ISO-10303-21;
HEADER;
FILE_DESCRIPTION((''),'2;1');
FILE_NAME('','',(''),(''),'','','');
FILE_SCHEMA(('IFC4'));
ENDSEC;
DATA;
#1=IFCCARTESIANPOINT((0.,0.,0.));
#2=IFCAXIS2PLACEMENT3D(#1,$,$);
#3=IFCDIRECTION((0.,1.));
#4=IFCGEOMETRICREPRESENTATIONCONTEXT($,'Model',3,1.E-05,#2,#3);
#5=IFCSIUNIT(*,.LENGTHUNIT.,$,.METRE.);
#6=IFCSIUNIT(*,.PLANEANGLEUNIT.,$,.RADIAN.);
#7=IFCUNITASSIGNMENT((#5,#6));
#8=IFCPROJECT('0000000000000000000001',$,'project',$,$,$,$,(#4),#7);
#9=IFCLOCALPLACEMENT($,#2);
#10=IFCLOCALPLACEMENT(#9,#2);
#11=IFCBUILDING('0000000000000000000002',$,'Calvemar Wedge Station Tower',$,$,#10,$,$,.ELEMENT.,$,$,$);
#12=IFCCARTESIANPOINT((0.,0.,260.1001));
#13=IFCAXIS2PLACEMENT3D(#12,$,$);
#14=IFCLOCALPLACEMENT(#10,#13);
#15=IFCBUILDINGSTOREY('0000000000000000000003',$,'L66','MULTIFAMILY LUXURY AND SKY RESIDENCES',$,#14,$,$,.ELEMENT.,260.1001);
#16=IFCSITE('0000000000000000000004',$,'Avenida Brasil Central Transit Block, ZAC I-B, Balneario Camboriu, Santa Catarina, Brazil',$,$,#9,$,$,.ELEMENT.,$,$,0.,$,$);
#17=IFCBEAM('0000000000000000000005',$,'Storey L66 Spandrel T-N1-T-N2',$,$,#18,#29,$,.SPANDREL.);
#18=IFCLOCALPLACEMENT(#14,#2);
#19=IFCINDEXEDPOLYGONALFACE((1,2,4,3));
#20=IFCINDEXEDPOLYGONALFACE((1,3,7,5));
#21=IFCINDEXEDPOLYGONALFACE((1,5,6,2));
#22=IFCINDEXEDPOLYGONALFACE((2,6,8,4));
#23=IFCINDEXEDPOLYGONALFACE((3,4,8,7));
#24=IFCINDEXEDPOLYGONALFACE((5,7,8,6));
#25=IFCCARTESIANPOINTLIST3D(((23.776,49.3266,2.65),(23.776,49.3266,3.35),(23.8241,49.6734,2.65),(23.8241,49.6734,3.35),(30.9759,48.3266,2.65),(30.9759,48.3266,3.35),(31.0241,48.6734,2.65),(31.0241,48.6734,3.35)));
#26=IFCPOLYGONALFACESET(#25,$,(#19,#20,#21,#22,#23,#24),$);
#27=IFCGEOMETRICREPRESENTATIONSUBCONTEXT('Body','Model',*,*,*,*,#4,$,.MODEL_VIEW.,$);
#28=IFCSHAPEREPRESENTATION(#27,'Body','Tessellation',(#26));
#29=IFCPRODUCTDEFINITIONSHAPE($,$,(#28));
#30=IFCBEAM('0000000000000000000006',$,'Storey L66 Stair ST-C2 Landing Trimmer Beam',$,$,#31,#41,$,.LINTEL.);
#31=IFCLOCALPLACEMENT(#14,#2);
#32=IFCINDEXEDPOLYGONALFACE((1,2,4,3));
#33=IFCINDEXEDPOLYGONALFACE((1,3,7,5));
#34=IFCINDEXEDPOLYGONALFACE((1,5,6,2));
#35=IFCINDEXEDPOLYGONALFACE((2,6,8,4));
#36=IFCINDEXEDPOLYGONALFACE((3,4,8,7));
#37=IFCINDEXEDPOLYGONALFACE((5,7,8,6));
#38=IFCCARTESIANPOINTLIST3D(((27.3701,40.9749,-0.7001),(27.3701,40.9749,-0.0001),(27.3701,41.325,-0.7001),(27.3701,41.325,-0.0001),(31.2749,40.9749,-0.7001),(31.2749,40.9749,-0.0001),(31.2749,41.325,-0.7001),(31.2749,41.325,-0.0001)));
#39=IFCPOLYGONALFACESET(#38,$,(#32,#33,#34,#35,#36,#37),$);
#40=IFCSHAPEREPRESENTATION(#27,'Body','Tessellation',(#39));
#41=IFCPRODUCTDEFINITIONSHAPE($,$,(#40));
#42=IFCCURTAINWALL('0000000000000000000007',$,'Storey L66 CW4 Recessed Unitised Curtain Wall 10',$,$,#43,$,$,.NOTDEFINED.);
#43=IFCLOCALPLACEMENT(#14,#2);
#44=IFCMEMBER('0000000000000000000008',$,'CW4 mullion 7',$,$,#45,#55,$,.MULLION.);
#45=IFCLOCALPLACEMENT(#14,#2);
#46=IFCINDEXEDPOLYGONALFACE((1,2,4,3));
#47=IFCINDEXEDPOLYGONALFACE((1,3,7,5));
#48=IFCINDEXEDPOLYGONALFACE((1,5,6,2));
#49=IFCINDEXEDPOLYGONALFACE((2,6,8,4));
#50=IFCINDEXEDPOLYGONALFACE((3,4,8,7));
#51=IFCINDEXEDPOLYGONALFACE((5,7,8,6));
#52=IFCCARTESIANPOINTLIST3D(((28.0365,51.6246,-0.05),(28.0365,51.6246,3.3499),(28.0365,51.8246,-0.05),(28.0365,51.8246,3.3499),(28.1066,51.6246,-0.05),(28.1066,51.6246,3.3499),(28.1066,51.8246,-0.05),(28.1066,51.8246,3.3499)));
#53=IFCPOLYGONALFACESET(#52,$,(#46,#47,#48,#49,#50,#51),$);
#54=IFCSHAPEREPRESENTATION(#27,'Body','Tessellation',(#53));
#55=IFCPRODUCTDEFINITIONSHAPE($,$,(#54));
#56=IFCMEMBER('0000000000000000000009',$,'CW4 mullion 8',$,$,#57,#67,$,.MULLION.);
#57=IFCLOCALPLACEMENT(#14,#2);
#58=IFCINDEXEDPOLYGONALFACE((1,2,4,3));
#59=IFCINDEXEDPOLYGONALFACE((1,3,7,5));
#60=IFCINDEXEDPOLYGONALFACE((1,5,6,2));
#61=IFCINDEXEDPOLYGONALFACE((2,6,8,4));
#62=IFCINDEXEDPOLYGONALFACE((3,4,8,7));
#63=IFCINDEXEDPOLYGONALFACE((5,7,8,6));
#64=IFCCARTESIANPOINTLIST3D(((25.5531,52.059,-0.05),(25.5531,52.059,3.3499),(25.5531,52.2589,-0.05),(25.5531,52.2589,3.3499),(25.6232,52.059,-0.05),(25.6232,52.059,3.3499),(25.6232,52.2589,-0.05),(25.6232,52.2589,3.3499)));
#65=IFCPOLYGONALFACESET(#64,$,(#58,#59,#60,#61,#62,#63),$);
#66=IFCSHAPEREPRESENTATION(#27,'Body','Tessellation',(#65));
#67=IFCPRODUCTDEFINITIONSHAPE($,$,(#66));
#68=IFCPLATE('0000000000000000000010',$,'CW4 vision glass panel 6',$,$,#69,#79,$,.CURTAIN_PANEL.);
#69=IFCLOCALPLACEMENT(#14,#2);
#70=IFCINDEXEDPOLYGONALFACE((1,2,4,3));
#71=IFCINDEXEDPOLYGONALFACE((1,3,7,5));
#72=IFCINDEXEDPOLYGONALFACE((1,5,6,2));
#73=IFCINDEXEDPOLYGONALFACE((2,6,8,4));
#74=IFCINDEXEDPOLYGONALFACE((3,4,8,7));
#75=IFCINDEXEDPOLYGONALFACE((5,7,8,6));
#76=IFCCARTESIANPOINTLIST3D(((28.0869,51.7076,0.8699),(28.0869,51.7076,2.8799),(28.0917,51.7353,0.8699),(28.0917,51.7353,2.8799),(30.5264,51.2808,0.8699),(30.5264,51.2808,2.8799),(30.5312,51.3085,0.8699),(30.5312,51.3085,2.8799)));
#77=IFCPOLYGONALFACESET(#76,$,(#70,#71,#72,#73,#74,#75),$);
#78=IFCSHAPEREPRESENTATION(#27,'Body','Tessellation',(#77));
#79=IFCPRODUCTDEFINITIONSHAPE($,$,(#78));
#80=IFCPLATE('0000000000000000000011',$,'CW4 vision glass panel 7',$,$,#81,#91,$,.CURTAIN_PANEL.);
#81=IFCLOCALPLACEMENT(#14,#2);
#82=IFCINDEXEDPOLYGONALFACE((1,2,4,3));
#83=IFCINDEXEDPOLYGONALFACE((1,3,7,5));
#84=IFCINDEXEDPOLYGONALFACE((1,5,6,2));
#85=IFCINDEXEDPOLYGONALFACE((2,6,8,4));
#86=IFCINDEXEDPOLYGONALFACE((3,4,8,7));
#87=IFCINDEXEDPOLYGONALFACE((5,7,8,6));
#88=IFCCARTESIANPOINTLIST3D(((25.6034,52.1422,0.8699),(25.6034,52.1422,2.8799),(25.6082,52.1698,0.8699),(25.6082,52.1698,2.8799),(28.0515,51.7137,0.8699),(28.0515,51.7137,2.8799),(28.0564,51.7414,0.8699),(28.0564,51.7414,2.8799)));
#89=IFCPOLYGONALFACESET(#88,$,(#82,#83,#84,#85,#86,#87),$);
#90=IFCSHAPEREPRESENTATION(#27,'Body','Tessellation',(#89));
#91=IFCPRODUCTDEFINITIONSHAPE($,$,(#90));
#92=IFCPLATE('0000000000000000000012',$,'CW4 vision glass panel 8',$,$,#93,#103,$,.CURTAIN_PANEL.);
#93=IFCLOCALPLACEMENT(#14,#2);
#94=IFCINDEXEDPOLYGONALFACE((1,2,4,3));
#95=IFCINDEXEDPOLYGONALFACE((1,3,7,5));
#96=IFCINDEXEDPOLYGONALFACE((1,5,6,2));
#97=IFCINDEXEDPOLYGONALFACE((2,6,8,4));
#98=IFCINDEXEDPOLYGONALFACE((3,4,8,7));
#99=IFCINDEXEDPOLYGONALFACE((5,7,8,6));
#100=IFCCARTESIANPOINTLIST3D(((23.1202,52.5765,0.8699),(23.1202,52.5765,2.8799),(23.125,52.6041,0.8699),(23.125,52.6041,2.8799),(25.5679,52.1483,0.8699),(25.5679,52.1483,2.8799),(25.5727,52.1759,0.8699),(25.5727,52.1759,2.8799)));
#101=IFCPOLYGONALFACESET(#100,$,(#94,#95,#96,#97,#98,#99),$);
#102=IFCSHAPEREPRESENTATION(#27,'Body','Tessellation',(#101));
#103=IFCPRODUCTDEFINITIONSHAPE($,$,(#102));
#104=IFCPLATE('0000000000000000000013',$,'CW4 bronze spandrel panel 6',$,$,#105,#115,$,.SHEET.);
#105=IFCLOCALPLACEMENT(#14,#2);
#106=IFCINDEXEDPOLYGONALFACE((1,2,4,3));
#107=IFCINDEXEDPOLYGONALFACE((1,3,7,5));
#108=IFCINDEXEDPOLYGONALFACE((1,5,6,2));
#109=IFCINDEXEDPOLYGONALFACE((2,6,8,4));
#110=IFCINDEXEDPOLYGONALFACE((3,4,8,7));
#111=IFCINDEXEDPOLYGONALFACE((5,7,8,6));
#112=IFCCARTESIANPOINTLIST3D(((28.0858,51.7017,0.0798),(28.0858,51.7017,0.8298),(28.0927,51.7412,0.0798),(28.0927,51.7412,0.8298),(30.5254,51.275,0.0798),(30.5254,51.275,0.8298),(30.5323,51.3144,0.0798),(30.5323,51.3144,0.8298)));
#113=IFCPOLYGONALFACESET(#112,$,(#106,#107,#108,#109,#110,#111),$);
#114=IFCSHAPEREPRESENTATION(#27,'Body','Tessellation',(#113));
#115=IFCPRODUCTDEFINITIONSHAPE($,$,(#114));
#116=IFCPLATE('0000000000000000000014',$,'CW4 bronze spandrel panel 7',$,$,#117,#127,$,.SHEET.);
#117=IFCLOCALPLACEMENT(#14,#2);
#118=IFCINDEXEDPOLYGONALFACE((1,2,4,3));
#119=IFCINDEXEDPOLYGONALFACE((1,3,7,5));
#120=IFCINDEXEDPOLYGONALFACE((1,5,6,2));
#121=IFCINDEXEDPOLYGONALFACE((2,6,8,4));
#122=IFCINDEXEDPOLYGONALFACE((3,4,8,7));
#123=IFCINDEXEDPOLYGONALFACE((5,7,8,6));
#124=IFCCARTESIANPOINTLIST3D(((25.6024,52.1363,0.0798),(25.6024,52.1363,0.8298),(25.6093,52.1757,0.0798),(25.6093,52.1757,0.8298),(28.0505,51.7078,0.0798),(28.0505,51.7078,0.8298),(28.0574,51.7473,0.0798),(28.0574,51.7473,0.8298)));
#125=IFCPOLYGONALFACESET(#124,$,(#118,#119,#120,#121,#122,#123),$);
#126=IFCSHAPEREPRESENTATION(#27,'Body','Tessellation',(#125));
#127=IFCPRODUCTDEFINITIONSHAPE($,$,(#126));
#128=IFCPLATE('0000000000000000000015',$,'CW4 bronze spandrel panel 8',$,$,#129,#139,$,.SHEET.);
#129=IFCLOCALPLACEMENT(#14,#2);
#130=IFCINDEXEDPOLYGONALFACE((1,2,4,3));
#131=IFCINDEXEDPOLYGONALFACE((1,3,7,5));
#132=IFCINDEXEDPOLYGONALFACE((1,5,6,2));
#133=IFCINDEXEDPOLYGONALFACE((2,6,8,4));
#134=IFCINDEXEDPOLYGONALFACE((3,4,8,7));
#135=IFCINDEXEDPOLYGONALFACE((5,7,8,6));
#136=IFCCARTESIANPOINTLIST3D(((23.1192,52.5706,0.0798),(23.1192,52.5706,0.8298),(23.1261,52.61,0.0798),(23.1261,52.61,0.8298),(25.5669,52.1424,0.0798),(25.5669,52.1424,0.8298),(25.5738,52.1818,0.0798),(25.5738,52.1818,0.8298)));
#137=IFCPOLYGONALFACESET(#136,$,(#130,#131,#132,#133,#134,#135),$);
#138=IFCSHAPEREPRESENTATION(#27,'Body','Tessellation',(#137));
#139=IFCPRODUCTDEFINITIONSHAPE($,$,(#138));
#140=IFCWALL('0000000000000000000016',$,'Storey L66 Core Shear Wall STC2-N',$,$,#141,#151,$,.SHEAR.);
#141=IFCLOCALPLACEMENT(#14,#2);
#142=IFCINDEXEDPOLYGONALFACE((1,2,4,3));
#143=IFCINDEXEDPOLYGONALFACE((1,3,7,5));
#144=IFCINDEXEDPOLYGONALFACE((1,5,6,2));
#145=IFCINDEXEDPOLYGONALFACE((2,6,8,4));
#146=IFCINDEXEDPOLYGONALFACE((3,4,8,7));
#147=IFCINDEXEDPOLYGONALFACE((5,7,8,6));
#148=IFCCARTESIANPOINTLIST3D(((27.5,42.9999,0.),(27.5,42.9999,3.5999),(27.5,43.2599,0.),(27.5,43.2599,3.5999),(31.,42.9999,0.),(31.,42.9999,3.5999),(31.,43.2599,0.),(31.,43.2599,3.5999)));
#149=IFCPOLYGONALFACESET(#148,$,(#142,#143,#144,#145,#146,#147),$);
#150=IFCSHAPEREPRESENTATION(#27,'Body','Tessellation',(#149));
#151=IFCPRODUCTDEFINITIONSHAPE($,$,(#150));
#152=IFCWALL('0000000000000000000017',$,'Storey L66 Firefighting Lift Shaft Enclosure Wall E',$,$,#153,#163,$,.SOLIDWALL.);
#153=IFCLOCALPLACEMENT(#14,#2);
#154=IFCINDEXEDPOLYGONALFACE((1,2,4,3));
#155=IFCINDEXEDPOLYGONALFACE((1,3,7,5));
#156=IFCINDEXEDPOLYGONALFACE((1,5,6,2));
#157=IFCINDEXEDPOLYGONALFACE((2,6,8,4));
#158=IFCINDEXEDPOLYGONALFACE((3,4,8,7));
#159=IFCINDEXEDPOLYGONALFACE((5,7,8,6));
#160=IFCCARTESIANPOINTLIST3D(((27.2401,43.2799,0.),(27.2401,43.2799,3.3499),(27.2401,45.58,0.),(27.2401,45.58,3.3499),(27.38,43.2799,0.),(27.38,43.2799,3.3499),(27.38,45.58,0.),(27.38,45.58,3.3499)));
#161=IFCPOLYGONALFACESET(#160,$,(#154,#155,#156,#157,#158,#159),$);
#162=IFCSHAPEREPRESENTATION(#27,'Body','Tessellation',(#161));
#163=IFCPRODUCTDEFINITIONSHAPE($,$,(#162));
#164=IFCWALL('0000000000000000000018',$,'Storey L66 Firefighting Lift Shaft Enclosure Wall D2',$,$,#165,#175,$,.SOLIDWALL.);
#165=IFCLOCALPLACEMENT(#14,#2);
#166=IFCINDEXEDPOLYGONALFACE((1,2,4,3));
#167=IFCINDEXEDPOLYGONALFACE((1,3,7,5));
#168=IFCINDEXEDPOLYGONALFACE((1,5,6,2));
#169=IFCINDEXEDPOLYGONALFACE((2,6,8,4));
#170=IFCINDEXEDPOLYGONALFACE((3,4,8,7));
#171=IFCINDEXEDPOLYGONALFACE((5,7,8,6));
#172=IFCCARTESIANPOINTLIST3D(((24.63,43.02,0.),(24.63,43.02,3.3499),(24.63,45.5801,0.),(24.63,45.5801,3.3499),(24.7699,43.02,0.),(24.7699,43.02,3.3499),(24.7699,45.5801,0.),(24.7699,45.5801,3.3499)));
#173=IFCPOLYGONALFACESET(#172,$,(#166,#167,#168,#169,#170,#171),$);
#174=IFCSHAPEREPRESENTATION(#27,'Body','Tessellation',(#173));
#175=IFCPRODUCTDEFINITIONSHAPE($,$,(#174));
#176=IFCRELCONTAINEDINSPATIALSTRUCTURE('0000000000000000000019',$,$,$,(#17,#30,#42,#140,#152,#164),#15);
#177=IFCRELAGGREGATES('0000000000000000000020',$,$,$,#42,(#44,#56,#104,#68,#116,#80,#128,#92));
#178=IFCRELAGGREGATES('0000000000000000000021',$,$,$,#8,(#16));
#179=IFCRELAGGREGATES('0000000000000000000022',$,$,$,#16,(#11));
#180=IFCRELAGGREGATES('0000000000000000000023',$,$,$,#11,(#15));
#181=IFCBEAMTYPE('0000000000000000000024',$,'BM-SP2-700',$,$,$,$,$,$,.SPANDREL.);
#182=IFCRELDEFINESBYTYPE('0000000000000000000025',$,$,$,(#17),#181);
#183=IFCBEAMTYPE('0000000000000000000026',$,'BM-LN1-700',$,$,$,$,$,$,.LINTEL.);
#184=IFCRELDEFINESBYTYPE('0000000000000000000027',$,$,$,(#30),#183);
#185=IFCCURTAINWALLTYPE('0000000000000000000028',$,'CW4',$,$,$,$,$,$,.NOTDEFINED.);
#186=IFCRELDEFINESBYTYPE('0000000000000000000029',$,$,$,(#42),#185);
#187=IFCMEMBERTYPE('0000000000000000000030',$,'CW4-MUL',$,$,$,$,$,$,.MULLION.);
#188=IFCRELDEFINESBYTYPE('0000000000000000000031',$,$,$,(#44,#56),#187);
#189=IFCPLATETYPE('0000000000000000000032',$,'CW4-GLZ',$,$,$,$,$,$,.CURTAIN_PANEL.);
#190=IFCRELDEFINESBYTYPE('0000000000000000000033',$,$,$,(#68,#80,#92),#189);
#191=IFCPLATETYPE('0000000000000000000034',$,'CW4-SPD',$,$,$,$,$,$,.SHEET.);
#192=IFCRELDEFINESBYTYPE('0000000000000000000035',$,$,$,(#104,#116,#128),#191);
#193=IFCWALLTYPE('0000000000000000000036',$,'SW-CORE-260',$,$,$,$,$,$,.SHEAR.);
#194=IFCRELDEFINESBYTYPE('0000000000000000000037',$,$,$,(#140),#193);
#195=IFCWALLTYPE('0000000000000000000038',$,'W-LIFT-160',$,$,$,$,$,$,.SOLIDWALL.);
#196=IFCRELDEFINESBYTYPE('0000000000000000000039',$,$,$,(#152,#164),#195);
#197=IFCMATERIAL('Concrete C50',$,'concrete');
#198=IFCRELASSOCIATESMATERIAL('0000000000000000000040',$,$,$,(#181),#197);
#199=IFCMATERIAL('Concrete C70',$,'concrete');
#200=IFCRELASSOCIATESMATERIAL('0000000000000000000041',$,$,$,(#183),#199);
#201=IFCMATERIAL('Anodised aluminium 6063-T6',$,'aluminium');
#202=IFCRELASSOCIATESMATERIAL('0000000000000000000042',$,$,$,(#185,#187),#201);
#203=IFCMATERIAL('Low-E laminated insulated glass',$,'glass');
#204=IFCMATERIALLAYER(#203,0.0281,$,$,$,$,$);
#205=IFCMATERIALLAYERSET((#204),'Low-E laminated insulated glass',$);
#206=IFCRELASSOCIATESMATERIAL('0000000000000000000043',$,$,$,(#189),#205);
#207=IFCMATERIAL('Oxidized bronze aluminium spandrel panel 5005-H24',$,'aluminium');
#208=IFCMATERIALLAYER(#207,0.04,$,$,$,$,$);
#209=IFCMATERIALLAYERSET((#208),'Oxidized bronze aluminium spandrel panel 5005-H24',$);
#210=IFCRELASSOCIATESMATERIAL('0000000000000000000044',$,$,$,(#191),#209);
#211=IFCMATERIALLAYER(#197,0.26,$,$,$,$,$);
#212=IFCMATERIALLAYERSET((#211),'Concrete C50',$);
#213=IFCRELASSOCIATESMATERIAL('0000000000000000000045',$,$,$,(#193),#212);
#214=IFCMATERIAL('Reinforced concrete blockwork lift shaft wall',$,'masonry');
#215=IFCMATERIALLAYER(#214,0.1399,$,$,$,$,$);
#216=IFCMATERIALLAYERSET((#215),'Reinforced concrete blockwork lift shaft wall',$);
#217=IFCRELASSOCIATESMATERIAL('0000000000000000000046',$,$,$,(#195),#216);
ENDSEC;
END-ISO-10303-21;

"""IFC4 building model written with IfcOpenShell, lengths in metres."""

from ifc_helpers import new_model, si_unit, direction, frame, frame_2d, origin, origin_2d, place, context, subcontext, project, spatial, rectangle, extrude, source, transform, mapped, material, layer, layer_set, material_profile, profile_set, type_object, element, aggregate, save


model = new_model("IFC4")

# Units and contexts
model_context = context("Model", 3, precision=1e-05, world=origin(), true_north=direction((0.0, 1.0)))
body_context = subcontext(model_context, "Body", "Model", "MODEL_VIEW")
ifc_project = project(units=[si_unit("LENGTHUNIT", "METRE"), si_unit("PLANEANGLEUNIT", "RADIAN")], contexts=[model_context])

# Site, building, storey
site_placement = place(None, origin())
site = spatial("IfcSite", under=ifc_project, at=site_placement, Name="Avenida Brasil Central Transit Block, ZAC I-B, Balneario Camboriu, Santa Catarina, Brazil", CompositionType="ELEMENT", RefElevation=0.0)
building_placement = place(site_placement, origin())
building = spatial("IfcBuilding", under=site, at=building_placement, Name="Calvemar Wedge Station Tower", CompositionType="ELEMENT")
storey_placement = place(building_placement, frame((0.0, 0.0, 260.1001)))
storey = spatial("IfcBuildingStorey", under=building, at=storey_placement, Name="L66", Description="MULTIFAMILY LUXURY AND SKY RESIDENCES", CompositionType="ELEMENT", Elevation=260.1001)

# Beams
ifc_material_1 = material(Name="Concrete C50", Category="concrete")
ifc_material_profile_1 = material_profile(ifc_material_1, rectangle(XDim=0.3501, YDim=0.7, at=origin_2d()), Name="RC350x700")
ifc_profile_set_1 = profile_set([ifc_material_profile_1], Name="Concrete C50")
beam_type_1 = type_object("IfcBeamType", Name="BM-SP2-700", PredefinedType="SPANDREL", material=ifc_profile_set_1)
shared_shape_1 = source(origin(), body_context, "Body", "SweptSolid", [
    extrude(rectangle(XDim=0.3501, YDim=0.7, at=origin_2d()), origin(), (0.0, 0.0, 1.0), 7.269),
])
beam_1_placement = place(storey_placement, frame((23.8, 49.5, 3.0), z_axis=(0.990492, -0.137569, 0.0), x_axis=(0.137569, 0.990492, 0.0)))
element("IfcBeam", 1, at=beam_1_placement, inside=storey, type_object=beam_type_1, Name="Storey L66 Spandrel T-N1-T-N2", PredefinedType="SPANDREL", context=body_context, shape_type="MappedRepresentation", body=[
    mapped(shared_shape_1, transform((0.0, 0.0, 0.0), scale=1.0)),
])
ifc_material_2 = material(Name="Concrete C70", Category="concrete")
ifc_material_profile_2 = material_profile(ifc_material_2, rectangle(XDim=0.3501, YDim=0.7, at=origin_2d()), Name="RC350x700")
ifc_profile_set_2 = profile_set([ifc_material_profile_2], Name="Concrete C70")
beam_type_2 = type_object("IfcBeamType", Name="BM-LN1-700", PredefinedType="LINTEL", material=ifc_profile_set_2)
shared_shape_2 = source(origin(), body_context, "Body", "SweptSolid", [
    extrude(rectangle(XDim=0.3501, YDim=0.7, at=origin_2d()), origin(), (0.0, 0.0, 1.0), 3.9048),
])
beam_2_placement = place(storey_placement, frame((27.3701, 41.1499, -0.3501), z_axis=(1.0, 0.0, 0.0), x_axis=(0.0, 1.0, 0.0)))
element("IfcBeam", 2, at=beam_2_placement, inside=storey, type_object=beam_type_2, Name="Storey L66 Stair ST-C2 Landing Trimmer Beam", PredefinedType="LINTEL", context=body_context, shape_type="MappedRepresentation", body=[
    mapped(shared_shape_2, transform((0.0, 0.0, 0.0), scale=1.0)),
])

# Curtain wall, members, plates
ifc_material_3 = material(Name="Anodised aluminium 6063-T6", Category="aluminium")
curtain_wall_type = type_object("IfcCurtainWallType", Name="CW4", PredefinedType="NOTDEFINED", material=ifc_material_3)
curtain_wall_placement = place(storey_placement, origin())
curtain_wall = element("IfcCurtainWall", 3, at=curtain_wall_placement, inside=storey, type_object=curtain_wall_type, Name="Storey L66 CW4 Recessed Unitised Curtain Wall 10", PredefinedType="NOTDEFINED")
ifc_material_profile_3 = material_profile(ifc_material_3, rectangle(XDim=0.0701, YDim=0.2, at=origin_2d()), Name="AL-MUL-70x200")
ifc_profile_set_3 = profile_set([ifc_material_profile_3], Name="Anodised aluminium 6063-T6")
member_type = type_object("IfcMemberType", Name="CW4-MUL", PredefinedType="MULLION", material=ifc_profile_set_3)
shared_shape_3 = source(origin(), body_context, "Body", "SweptSolid", [
    extrude(rectangle(XDim=0.0701, YDim=0.2, at=origin_2d()), origin(), (0.0, 0.0, 1.0), 3.3999),
])
member_1_placement = place(storey_placement, frame((28.0715, 51.7246, -0.05), z_axis=(0.0, 0.0, 1.0), x_axis=(1.0, 0.0, 0.0)))
member_1 = element("IfcMember", 4, at=member_1_placement, type_object=member_type, Name="CW4 mullion 7", PredefinedType="MULLION", context=body_context, shape_type="MappedRepresentation", body=[
    mapped(shared_shape_3, transform((0.0, 0.0, 0.0), scale=1.0)),
])
member_2_placement = place(storey_placement, frame((25.5881, 52.1589, -0.05), z_axis=(0.0, 0.0, 1.0), x_axis=(1.0, 0.0, 0.0)))
member_2 = element("IfcMember", 5, at=member_2_placement, type_object=member_type, Name="CW4 mullion 8", PredefinedType="MULLION", context=body_context, shape_type="MappedRepresentation", body=[
    mapped(shared_shape_3, transform((0.0, 0.0, 0.0), scale=1.0)),
])
ifc_material_4 = material(Name="Low-E laminated insulated glass", Category="glass")
ifc_layer_1 = layer(ifc_material_4, 0.0281)
ifc_layer_set_1 = layer_set([ifc_layer_1], Name="Low-E laminated insulated glass")
plate_type_1 = type_object("IfcPlateType", Name="CW4-GLZ", PredefinedType="CURTAIN_PANEL", material=ifc_layer_set_1)
plate_1_placement = place(storey_placement, frame((30.5288, 51.2947, 0.8699), z_axis=(0.0, 0.0, 1.0), x_axis=(-0.985041, 0.172323, 0.0)))
plate_1 = element("IfcPlate", 6, at=plate_1_placement, type_object=plate_type_1, Name="CW4 vision glass panel 6", PredefinedType="CURTAIN_PANEL", context=body_context, shape_type="SweptSolid", body=[
    extrude(rectangle(XDim=2.4766, YDim=0.0281, at=frame_2d((1.2383, 0.0))), origin(), (0.0, 0.0, 1.0), 2.01),
])
plate_2_placement = place(storey_placement, frame((28.054, 51.7275, 0.8699), z_axis=(0.0, 0.0, 1.0), x_axis=(-0.985029, 0.17239, 0.0)))
plate_2 = element("IfcPlate", 7, at=plate_2_placement, type_object=plate_type_1, Name="CW4 vision glass panel 7", PredefinedType="CURTAIN_PANEL", context=body_context, shape_type="SweptSolid", body=[
    extrude(rectangle(XDim=2.4854, YDim=0.0281, at=frame_2d((1.2427, 0.0))), origin(), (0.0, 0.0, 1.0), 2.01),
])
plate_3_placement = place(storey_placement, frame((25.5703, 52.1621, 0.8699), z_axis=(0.0, 0.0, 1.0), x_axis=(-0.98504, 0.172328, 0.0)))
plate_3 = element("IfcPlate", 8, at=plate_3_placement, type_object=plate_type_1, Name="CW4 vision glass panel 8", PredefinedType="CURTAIN_PANEL", context=body_context, shape_type="SweptSolid", body=[
    extrude(rectangle(XDim=2.4849, YDim=0.0281, at=frame_2d((1.2424, 0.0))), origin(), (0.0, 0.0, 1.0), 2.01),
])
ifc_material_5 = material(Name="Oxidized bronze aluminium spandrel panel 5005-H24", Category="aluminium")
ifc_layer_2 = layer(ifc_material_5, 0.04)
ifc_layer_set_2 = layer_set([ifc_layer_2], Name="Oxidized bronze aluminium spandrel panel 5005-H24")
plate_type_2 = type_object("IfcPlateType", Name="CW4-SPD", PredefinedType="SHEET", material=ifc_layer_set_2)
plate_4_placement = place(storey_placement, frame((30.5288, 51.2947, 0.0798), z_axis=(0.0, 0.0, 1.0), x_axis=(-0.985041, 0.172323, 0.0)))
plate_4 = element("IfcPlate", 9, at=plate_4_placement, type_object=plate_type_2, Name="CW4 bronze spandrel panel 6", PredefinedType="SHEET", context=body_context, shape_type="SweptSolid", body=[
    extrude(rectangle(XDim=2.4766, YDim=0.04, at=frame_2d((1.2383, 0.0))), origin(), (0.0, 0.0, 1.0), 0.75),
])
plate_5_placement = place(storey_placement, frame((28.054, 51.7275, 0.0798), z_axis=(0.0, 0.0, 1.0), x_axis=(-0.985029, 0.17239, 0.0)))
plate_5 = element("IfcPlate", 10, at=plate_5_placement, type_object=plate_type_2, Name="CW4 bronze spandrel panel 7", PredefinedType="SHEET", context=body_context, shape_type="SweptSolid", body=[
    extrude(rectangle(XDim=2.4854, YDim=0.04, at=frame_2d((1.2427, 0.0))), origin(), (0.0, 0.0, 1.0), 0.75),
])
plate_6_placement = place(storey_placement, frame((25.5703, 52.1621, 0.0798), z_axis=(0.0, 0.0, 1.0), x_axis=(-0.98504, 0.172328, 0.0)))
plate_6 = element("IfcPlate", 11, at=plate_6_placement, type_object=plate_type_2, Name="CW4 bronze spandrel panel 8", PredefinedType="SHEET", context=body_context, shape_type="SweptSolid", body=[
    extrude(rectangle(XDim=2.4849, YDim=0.04, at=frame_2d((1.2424, 0.0))), origin(), (0.0, 0.0, 1.0), 0.75),
])
aggregate(curtain_wall, [member_1, member_2, plate_4, plate_1, plate_5, plate_2, plate_6, plate_3])

# Wall
ifc_layer_3 = layer(ifc_material_1, 0.26)
ifc_layer_set_3 = layer_set([ifc_layer_3], Name="Concrete C50")
wall_type_1 = type_object("IfcWallType", Name="SW-CORE-260", PredefinedType="SHEAR", material=ifc_layer_set_3)
wall_1_placement = place(storey_placement, frame((27.5, 43.1299, 0.0), z_axis=(0.0, 0.0, 1.0), x_axis=(1.0, 0.0, 0.0)))
element("IfcWall", 12, at=wall_1_placement, inside=storey, type_object=wall_type_1, Name="Storey L66 Core Shear Wall STC2-N", PredefinedType="SHEAR", context=body_context, shape_type="SweptSolid", body=[
    extrude(rectangle(XDim=3.5, YDim=0.26, at=frame_2d((1.75, 0.0))), origin(), (0.0, 0.0, 1.0), 3.5999),
])

# Walls
ifc_material_6 = material(Name="Reinforced concrete blockwork lift shaft wall", Category="masonry")
ifc_layer_4 = layer(ifc_material_6, 0.1399)
ifc_layer_set_4 = layer_set([ifc_layer_4], Name="Reinforced concrete blockwork lift shaft wall")
wall_type_2 = type_object("IfcWallType", Name="W-LIFT-160", PredefinedType="SOLIDWALL", material=ifc_layer_set_4)
wall_2_placement = place(storey_placement, frame((27.3101, 43.28, 0.0), z_axis=(0.0, 0.0, 1.0), x_axis=(0.0, 1.0, 0.0)))
element("IfcWall", 13, at=wall_2_placement, inside=storey, type_object=wall_type_2, Name="Storey L66 Firefighting Lift Shaft Enclosure Wall E", PredefinedType="SOLIDWALL", context=body_context, shape_type="SweptSolid", body=[
    extrude(rectangle(XDim=2.3, YDim=0.1399, at=frame_2d((1.1499, 0.0))), origin(), (0.0, 0.0, 1.0), 3.3499),
])
wall_3_placement = place(storey_placement, frame((24.7, 43.02, 0.0), z_axis=(0.0, 0.0, 1.0), x_axis=(0.0, 1.0, 0.0)))
element("IfcWall", 14, at=wall_3_placement, inside=storey, type_object=wall_type_2, Name="Storey L66 Firefighting Lift Shaft Enclosure Wall D2", PredefinedType="SOLIDWALL", context=body_context, shape_type="SweptSolid", body=[
    extrude(rectangle(XDim=2.5601, YDim=0.1399, at=frame_2d((1.28, 0.0))), origin(), (0.0, 0.0, 1.0), 3.3499),
])

save(model, "model.ifc")
